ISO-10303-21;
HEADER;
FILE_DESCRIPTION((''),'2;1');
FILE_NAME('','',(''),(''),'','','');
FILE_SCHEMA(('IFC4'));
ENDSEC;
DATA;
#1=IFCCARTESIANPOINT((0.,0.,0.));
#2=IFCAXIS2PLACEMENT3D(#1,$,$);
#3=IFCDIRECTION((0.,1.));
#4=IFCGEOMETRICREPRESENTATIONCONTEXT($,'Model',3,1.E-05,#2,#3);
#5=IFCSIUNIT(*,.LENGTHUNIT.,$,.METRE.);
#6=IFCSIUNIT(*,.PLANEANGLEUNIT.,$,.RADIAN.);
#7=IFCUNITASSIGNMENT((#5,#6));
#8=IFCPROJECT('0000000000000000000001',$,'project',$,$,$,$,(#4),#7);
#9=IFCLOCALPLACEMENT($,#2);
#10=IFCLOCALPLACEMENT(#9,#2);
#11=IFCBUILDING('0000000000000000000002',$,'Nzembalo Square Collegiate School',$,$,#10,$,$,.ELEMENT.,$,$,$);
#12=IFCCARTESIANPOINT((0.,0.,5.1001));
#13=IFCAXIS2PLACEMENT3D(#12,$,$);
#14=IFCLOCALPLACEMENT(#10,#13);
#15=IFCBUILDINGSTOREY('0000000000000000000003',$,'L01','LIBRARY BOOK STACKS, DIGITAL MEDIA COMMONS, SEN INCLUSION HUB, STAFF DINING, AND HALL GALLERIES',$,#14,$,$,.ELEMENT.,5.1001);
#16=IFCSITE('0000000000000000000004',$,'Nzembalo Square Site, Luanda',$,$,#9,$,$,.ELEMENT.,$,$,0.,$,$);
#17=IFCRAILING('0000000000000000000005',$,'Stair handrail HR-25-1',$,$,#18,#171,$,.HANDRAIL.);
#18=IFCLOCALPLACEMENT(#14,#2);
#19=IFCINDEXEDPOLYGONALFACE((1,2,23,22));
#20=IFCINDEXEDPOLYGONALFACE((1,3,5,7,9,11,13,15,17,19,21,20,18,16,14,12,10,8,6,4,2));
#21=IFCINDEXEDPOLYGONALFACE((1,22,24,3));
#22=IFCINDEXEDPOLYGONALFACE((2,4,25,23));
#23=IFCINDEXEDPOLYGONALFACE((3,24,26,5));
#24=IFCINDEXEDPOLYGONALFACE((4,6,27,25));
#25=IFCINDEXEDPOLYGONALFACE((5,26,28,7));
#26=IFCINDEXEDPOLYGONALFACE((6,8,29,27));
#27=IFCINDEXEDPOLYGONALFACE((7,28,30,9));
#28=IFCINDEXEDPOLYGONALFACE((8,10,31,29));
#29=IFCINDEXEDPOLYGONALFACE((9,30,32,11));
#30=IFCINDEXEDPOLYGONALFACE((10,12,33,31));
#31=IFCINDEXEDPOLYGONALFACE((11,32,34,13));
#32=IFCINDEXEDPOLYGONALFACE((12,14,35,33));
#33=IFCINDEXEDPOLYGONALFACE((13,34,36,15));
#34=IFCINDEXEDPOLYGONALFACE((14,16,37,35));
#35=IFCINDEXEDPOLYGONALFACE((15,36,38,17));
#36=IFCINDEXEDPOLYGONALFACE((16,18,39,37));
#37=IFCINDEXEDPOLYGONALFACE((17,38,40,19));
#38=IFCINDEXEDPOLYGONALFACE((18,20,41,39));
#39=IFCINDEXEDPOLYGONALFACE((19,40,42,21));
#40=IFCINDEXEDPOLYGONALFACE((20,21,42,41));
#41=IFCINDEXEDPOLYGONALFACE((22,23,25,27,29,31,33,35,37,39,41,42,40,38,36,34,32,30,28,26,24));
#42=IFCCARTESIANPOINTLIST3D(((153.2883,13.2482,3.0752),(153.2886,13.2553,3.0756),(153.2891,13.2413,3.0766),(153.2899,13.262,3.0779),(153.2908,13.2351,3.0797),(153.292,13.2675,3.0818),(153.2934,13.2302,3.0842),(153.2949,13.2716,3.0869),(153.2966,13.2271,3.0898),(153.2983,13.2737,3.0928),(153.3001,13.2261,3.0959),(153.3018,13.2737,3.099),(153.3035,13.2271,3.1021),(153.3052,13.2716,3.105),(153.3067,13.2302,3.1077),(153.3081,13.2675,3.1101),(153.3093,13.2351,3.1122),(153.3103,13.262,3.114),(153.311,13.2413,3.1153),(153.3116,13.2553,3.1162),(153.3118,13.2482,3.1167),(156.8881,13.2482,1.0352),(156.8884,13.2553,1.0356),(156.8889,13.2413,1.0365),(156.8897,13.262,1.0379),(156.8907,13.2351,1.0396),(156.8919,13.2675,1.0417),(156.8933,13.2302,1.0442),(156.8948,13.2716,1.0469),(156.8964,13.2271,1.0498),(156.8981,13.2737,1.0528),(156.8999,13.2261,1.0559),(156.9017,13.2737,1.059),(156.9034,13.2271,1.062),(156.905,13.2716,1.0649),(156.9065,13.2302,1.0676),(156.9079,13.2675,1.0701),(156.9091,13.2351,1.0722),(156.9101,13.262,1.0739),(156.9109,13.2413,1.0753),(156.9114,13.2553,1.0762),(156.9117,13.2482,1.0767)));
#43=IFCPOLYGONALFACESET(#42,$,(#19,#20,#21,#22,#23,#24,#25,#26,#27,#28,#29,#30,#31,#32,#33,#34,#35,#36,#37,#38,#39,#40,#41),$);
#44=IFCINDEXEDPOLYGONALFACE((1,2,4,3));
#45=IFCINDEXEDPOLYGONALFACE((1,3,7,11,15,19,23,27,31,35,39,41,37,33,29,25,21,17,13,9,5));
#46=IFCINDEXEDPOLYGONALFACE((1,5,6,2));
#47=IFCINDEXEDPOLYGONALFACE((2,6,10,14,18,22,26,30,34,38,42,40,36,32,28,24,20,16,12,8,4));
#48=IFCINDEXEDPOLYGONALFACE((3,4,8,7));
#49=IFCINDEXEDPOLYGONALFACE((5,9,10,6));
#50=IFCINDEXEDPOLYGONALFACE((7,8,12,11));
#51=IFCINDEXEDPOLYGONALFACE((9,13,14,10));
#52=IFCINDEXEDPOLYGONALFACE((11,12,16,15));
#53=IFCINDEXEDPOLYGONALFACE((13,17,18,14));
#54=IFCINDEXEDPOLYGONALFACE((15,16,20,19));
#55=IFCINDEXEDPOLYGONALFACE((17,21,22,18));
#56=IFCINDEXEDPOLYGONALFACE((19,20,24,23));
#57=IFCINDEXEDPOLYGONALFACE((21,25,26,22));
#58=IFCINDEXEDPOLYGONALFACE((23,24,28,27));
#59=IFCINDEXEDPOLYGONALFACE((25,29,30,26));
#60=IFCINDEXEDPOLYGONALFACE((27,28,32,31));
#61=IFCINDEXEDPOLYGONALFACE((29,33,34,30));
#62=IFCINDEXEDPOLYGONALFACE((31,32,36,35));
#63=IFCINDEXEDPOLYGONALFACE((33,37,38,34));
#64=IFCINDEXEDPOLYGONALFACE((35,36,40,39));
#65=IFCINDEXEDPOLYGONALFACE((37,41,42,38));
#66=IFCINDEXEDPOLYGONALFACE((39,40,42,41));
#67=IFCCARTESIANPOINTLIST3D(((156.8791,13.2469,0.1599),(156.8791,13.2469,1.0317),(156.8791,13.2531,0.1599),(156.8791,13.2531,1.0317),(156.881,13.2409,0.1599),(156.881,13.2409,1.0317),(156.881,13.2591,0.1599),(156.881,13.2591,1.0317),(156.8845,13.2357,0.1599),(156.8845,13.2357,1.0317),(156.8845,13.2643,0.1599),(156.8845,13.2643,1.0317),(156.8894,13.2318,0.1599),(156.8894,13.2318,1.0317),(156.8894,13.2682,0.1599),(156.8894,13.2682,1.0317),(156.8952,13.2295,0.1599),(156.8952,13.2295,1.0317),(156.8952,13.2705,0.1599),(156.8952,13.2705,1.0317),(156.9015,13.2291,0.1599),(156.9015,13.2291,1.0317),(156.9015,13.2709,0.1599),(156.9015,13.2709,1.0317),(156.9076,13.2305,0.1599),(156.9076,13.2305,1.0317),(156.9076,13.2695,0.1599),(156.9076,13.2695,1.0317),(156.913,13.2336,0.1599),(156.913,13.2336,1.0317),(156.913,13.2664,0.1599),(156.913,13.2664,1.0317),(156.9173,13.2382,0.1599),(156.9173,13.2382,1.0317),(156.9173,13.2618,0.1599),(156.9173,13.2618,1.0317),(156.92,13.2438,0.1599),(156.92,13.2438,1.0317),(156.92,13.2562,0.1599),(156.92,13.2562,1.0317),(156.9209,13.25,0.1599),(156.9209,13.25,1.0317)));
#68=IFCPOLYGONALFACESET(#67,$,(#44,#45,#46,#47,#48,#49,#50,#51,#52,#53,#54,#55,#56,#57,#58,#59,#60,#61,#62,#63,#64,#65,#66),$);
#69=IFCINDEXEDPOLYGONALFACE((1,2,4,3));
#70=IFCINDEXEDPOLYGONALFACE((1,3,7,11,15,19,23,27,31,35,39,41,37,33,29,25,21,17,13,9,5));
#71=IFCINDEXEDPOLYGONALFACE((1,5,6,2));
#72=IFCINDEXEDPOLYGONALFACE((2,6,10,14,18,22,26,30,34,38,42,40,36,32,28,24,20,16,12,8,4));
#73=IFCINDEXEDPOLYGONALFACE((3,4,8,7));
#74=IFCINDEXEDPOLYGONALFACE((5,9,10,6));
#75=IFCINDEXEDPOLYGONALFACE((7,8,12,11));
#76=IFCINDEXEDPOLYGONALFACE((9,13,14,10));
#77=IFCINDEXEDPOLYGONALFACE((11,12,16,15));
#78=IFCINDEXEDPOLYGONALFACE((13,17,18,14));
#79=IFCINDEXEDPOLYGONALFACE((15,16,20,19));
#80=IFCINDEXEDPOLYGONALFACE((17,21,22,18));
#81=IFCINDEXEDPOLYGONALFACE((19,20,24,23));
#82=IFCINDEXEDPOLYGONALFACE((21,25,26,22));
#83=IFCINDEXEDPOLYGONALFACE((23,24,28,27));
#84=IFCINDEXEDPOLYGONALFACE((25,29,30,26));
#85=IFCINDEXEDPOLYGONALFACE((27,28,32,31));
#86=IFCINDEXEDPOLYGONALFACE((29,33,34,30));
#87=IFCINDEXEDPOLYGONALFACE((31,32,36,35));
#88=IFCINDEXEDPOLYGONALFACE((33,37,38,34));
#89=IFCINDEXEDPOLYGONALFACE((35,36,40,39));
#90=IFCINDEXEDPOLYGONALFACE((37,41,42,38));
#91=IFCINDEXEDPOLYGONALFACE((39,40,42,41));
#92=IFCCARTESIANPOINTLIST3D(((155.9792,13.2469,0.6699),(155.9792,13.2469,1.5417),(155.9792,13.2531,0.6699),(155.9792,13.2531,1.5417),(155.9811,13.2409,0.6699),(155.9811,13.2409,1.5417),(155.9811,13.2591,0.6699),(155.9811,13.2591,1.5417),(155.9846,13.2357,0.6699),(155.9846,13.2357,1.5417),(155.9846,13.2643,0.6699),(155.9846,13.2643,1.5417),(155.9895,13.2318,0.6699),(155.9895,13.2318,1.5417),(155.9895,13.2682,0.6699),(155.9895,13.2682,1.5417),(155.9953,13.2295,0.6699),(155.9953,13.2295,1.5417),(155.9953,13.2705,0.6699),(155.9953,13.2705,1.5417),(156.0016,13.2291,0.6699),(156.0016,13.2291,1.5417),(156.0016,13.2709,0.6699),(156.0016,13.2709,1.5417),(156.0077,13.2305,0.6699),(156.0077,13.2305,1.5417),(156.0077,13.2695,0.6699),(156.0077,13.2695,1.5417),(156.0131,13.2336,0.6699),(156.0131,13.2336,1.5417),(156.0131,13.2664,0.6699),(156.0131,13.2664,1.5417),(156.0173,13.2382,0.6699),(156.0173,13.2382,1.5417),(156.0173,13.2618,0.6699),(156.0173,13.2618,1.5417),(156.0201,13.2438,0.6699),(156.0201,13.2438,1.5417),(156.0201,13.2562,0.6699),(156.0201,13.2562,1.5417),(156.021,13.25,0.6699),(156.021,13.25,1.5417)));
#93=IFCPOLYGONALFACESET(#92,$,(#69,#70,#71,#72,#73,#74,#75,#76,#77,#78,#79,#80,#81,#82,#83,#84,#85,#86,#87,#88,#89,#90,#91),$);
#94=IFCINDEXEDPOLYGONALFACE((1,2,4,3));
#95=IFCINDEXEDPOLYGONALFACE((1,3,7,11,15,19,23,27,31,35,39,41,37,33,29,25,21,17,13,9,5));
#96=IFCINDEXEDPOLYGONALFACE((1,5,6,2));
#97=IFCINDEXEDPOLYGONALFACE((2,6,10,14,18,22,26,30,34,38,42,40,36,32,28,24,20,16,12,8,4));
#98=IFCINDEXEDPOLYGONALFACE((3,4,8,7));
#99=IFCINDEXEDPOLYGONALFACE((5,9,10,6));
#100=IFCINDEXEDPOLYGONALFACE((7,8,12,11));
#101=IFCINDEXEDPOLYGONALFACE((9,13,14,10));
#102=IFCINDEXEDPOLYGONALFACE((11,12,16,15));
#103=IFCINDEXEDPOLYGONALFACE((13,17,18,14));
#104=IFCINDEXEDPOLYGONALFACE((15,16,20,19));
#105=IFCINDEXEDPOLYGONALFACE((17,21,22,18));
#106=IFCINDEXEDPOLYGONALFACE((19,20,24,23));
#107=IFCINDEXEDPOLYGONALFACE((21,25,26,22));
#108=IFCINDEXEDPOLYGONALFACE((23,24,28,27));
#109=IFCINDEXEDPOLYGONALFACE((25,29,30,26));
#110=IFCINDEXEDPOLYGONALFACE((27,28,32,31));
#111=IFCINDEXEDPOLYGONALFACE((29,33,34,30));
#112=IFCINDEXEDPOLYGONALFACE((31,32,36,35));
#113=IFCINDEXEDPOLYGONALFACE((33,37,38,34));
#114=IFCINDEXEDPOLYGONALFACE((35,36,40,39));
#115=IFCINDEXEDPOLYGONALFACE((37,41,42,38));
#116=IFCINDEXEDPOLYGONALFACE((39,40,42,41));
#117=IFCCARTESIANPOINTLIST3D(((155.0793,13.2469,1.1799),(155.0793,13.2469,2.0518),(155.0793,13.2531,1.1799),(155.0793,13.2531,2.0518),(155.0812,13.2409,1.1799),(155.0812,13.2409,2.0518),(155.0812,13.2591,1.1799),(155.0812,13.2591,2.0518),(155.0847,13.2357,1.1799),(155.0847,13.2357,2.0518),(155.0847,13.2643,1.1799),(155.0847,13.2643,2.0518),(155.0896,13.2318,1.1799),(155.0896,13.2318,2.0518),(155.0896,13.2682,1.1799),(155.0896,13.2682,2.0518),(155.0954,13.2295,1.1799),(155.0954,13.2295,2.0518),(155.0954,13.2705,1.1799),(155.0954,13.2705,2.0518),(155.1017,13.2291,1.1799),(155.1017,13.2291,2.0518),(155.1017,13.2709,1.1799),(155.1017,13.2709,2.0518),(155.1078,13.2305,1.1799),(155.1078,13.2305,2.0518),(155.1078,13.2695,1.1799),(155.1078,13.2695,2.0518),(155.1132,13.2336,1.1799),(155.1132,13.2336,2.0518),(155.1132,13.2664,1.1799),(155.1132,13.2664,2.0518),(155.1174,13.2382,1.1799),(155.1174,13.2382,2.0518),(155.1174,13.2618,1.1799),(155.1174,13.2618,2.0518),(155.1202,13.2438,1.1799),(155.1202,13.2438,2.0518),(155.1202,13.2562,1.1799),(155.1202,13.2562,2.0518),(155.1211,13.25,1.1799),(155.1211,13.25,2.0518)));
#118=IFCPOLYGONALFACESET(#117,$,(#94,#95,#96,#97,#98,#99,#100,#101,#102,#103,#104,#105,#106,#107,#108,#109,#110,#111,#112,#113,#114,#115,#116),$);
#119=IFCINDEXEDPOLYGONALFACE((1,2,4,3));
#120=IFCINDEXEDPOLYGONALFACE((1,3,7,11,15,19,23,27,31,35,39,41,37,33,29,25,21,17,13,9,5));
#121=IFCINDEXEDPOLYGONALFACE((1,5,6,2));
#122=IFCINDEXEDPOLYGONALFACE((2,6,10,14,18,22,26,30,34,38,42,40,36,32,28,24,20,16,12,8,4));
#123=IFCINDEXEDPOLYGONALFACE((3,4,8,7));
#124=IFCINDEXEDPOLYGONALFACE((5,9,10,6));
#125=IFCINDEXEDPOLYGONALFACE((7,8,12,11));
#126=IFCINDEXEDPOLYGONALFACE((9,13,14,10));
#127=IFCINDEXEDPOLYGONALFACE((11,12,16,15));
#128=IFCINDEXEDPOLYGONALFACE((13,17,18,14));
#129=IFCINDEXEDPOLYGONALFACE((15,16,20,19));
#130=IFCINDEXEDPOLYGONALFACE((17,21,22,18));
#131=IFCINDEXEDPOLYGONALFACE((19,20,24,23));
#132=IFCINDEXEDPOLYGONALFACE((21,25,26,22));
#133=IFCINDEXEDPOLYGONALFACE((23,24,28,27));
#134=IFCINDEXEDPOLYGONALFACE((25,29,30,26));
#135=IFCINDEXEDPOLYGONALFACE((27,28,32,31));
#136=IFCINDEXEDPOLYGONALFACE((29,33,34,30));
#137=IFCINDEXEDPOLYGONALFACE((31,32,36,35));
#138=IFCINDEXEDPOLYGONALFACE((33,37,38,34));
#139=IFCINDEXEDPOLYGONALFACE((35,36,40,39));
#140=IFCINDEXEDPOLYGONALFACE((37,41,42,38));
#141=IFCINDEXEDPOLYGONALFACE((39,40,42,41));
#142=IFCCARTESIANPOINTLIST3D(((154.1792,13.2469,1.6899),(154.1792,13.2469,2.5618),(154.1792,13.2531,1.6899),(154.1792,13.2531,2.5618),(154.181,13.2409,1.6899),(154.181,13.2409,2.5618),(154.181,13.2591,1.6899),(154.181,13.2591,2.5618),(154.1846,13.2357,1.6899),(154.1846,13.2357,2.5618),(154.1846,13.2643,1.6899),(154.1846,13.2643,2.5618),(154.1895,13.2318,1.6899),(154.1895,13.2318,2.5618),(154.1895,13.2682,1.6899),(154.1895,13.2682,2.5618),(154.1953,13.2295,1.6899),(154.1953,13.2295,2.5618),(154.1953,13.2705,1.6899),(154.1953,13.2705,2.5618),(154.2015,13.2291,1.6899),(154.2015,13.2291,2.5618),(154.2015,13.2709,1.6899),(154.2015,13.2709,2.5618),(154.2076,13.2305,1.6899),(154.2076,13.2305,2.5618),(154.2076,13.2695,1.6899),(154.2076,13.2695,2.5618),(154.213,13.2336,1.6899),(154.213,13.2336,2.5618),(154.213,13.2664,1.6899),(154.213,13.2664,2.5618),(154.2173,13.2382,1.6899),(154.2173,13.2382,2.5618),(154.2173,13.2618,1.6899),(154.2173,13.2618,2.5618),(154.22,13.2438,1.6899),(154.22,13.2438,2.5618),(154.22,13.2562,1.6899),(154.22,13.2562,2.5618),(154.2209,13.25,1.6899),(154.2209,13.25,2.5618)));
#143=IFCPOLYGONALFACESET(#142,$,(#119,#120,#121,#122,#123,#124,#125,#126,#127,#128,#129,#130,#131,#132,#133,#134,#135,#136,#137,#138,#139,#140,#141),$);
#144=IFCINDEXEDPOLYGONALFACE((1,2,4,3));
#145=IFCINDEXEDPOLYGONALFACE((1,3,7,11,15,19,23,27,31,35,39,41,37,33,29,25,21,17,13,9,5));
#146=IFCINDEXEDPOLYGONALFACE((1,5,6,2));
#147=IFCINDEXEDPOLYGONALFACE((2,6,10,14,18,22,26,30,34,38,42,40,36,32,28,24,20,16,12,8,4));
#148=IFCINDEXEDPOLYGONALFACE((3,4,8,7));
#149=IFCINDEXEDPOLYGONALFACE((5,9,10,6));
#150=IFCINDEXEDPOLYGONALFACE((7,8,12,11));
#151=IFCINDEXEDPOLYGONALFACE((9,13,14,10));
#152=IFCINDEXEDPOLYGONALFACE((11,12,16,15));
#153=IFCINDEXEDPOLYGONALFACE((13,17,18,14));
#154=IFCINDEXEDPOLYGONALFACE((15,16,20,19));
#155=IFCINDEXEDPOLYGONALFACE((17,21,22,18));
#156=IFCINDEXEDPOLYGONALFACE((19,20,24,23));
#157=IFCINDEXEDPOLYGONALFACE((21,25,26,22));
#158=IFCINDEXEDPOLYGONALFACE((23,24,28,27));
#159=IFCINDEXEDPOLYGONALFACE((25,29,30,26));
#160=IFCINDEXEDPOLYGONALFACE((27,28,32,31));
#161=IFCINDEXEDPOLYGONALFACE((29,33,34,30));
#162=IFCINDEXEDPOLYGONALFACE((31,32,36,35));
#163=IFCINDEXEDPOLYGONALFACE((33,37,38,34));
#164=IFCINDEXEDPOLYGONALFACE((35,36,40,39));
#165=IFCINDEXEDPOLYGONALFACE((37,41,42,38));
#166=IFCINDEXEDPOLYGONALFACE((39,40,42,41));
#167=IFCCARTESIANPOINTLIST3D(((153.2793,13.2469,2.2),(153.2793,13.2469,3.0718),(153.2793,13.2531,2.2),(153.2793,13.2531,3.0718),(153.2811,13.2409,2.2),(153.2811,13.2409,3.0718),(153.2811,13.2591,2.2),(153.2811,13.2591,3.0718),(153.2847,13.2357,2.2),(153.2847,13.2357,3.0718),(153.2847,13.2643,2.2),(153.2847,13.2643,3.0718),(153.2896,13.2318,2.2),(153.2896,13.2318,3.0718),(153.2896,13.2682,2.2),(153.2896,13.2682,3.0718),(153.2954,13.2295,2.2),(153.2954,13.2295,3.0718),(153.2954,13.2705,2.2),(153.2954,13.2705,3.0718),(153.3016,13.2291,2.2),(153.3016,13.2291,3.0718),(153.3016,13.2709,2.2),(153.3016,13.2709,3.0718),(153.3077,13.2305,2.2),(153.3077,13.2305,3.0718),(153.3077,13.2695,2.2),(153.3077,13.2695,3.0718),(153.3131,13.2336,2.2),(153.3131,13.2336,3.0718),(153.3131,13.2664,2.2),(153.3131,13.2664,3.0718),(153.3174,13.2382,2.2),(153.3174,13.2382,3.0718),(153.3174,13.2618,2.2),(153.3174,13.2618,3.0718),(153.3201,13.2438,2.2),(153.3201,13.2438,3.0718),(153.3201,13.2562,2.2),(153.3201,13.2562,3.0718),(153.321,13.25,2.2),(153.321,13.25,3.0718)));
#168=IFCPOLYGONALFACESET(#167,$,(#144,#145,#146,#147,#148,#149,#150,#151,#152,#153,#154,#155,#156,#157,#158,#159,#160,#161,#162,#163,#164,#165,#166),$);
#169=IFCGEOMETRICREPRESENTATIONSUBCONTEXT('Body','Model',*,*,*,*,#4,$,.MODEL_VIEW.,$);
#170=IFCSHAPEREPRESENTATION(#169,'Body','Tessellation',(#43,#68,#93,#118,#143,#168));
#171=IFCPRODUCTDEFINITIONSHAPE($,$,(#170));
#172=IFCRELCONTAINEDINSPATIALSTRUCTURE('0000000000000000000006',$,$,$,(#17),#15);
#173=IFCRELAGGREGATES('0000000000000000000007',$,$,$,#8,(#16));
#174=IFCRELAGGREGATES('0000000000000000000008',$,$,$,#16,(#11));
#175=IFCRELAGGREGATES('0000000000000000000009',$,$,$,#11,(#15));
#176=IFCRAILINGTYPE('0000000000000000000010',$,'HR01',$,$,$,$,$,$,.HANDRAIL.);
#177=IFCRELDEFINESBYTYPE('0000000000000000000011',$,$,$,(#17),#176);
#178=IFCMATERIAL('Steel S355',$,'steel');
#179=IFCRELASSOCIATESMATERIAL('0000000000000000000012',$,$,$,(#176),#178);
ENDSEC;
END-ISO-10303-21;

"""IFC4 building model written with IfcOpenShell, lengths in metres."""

from ifc_helpers import new_model, si_unit, direction, frame, origin, origin_2d, place, context, subcontext, project, spatial, circle, extrude, material, type_object, element, save


model = new_model("IFC4")

# Units and contexts
model_context = context("Model", 3, precision=1e-05, world=origin(), true_north=direction((0.0, 1.0)))
body_context = subcontext(model_context, "Body", "Model", "MODEL_VIEW")
ifc_project = project(units=[si_unit("LENGTHUNIT", "METRE"), si_unit("PLANEANGLEUNIT", "RADIAN")], contexts=[model_context])

# Site, building, storey
site_placement = place(None, origin())
site = spatial("IfcSite", under=ifc_project, at=site_placement, Name="Nzembalo Square Site, Luanda", CompositionType="ELEMENT", RefElevation=0.0)
building_placement = place(site_placement, origin())
building = spatial("IfcBuilding", under=site, at=building_placement, Name="Nzembalo Square Collegiate School", CompositionType="ELEMENT")
storey_placement = place(building_placement, frame((0.0, 0.0, 5.1001)))
storey = spatial("IfcBuildingStorey", under=building, at=storey_placement, Name="L01", Description="LIBRARY BOOK STACKS, DIGITAL MEDIA COMMONS, SEN INCLUSION HUB, STAFF DINING, AND HALL GALLERIES", CompositionType="ELEMENT", Elevation=5.1001)

# Railing
ifc_material_1 = material(Name="Steel S355", Category="steel")
railing_type_1 = type_object("IfcRailingType", Name="HR01", PredefinedType="HANDRAIL", material=ifc_material_1)
railing_1_placement = place(storey_placement, frame((156.8999, 13.25, 0.1599)))
element("IfcRailing", 1, at=railing_1_placement, inside=storey, type_object=railing_type_1, Name="Stair handrail HR-25-1", PredefinedType="HANDRAIL", context=body_context, shape_type="SweptSolid", body=[
    extrude(circle(Radius=0.0239, at=origin_2d()), frame((0.0, 0.0, 0.896), z_axis=(-0.87001, 0.0, 0.493035), x_axis=(0.0, -1.0, 0.0)), (0.0, 0.0, 1.0), 4.1377),
    extrude(circle(Radius=0.021, at=origin_2d()), origin(), (0.0, 0.0, 1.0), 0.8718),
    extrude(circle(Radius=0.021, at=origin_2d()), frame((-0.8999, 0.0, 0.51)), (0.0, 0.0, 1.0), 0.8718),
    extrude(circle(Radius=0.021, at=origin_2d()), frame((-1.7998, 0.0, 1.02)), (0.0, 0.0, 1.0), 0.8718),
    extrude(circle(Radius=0.021, at=origin_2d()), frame((-2.7, 0.0, 1.53)), (0.0, 0.0, 1.0), 0.8718),
    extrude(circle(Radius=0.021, at=origin_2d()), frame((-3.5999, 0.0, 2.04)), (0.0, 0.0, 1.0), 0.8718),
])

save(model, "model.ifc")
